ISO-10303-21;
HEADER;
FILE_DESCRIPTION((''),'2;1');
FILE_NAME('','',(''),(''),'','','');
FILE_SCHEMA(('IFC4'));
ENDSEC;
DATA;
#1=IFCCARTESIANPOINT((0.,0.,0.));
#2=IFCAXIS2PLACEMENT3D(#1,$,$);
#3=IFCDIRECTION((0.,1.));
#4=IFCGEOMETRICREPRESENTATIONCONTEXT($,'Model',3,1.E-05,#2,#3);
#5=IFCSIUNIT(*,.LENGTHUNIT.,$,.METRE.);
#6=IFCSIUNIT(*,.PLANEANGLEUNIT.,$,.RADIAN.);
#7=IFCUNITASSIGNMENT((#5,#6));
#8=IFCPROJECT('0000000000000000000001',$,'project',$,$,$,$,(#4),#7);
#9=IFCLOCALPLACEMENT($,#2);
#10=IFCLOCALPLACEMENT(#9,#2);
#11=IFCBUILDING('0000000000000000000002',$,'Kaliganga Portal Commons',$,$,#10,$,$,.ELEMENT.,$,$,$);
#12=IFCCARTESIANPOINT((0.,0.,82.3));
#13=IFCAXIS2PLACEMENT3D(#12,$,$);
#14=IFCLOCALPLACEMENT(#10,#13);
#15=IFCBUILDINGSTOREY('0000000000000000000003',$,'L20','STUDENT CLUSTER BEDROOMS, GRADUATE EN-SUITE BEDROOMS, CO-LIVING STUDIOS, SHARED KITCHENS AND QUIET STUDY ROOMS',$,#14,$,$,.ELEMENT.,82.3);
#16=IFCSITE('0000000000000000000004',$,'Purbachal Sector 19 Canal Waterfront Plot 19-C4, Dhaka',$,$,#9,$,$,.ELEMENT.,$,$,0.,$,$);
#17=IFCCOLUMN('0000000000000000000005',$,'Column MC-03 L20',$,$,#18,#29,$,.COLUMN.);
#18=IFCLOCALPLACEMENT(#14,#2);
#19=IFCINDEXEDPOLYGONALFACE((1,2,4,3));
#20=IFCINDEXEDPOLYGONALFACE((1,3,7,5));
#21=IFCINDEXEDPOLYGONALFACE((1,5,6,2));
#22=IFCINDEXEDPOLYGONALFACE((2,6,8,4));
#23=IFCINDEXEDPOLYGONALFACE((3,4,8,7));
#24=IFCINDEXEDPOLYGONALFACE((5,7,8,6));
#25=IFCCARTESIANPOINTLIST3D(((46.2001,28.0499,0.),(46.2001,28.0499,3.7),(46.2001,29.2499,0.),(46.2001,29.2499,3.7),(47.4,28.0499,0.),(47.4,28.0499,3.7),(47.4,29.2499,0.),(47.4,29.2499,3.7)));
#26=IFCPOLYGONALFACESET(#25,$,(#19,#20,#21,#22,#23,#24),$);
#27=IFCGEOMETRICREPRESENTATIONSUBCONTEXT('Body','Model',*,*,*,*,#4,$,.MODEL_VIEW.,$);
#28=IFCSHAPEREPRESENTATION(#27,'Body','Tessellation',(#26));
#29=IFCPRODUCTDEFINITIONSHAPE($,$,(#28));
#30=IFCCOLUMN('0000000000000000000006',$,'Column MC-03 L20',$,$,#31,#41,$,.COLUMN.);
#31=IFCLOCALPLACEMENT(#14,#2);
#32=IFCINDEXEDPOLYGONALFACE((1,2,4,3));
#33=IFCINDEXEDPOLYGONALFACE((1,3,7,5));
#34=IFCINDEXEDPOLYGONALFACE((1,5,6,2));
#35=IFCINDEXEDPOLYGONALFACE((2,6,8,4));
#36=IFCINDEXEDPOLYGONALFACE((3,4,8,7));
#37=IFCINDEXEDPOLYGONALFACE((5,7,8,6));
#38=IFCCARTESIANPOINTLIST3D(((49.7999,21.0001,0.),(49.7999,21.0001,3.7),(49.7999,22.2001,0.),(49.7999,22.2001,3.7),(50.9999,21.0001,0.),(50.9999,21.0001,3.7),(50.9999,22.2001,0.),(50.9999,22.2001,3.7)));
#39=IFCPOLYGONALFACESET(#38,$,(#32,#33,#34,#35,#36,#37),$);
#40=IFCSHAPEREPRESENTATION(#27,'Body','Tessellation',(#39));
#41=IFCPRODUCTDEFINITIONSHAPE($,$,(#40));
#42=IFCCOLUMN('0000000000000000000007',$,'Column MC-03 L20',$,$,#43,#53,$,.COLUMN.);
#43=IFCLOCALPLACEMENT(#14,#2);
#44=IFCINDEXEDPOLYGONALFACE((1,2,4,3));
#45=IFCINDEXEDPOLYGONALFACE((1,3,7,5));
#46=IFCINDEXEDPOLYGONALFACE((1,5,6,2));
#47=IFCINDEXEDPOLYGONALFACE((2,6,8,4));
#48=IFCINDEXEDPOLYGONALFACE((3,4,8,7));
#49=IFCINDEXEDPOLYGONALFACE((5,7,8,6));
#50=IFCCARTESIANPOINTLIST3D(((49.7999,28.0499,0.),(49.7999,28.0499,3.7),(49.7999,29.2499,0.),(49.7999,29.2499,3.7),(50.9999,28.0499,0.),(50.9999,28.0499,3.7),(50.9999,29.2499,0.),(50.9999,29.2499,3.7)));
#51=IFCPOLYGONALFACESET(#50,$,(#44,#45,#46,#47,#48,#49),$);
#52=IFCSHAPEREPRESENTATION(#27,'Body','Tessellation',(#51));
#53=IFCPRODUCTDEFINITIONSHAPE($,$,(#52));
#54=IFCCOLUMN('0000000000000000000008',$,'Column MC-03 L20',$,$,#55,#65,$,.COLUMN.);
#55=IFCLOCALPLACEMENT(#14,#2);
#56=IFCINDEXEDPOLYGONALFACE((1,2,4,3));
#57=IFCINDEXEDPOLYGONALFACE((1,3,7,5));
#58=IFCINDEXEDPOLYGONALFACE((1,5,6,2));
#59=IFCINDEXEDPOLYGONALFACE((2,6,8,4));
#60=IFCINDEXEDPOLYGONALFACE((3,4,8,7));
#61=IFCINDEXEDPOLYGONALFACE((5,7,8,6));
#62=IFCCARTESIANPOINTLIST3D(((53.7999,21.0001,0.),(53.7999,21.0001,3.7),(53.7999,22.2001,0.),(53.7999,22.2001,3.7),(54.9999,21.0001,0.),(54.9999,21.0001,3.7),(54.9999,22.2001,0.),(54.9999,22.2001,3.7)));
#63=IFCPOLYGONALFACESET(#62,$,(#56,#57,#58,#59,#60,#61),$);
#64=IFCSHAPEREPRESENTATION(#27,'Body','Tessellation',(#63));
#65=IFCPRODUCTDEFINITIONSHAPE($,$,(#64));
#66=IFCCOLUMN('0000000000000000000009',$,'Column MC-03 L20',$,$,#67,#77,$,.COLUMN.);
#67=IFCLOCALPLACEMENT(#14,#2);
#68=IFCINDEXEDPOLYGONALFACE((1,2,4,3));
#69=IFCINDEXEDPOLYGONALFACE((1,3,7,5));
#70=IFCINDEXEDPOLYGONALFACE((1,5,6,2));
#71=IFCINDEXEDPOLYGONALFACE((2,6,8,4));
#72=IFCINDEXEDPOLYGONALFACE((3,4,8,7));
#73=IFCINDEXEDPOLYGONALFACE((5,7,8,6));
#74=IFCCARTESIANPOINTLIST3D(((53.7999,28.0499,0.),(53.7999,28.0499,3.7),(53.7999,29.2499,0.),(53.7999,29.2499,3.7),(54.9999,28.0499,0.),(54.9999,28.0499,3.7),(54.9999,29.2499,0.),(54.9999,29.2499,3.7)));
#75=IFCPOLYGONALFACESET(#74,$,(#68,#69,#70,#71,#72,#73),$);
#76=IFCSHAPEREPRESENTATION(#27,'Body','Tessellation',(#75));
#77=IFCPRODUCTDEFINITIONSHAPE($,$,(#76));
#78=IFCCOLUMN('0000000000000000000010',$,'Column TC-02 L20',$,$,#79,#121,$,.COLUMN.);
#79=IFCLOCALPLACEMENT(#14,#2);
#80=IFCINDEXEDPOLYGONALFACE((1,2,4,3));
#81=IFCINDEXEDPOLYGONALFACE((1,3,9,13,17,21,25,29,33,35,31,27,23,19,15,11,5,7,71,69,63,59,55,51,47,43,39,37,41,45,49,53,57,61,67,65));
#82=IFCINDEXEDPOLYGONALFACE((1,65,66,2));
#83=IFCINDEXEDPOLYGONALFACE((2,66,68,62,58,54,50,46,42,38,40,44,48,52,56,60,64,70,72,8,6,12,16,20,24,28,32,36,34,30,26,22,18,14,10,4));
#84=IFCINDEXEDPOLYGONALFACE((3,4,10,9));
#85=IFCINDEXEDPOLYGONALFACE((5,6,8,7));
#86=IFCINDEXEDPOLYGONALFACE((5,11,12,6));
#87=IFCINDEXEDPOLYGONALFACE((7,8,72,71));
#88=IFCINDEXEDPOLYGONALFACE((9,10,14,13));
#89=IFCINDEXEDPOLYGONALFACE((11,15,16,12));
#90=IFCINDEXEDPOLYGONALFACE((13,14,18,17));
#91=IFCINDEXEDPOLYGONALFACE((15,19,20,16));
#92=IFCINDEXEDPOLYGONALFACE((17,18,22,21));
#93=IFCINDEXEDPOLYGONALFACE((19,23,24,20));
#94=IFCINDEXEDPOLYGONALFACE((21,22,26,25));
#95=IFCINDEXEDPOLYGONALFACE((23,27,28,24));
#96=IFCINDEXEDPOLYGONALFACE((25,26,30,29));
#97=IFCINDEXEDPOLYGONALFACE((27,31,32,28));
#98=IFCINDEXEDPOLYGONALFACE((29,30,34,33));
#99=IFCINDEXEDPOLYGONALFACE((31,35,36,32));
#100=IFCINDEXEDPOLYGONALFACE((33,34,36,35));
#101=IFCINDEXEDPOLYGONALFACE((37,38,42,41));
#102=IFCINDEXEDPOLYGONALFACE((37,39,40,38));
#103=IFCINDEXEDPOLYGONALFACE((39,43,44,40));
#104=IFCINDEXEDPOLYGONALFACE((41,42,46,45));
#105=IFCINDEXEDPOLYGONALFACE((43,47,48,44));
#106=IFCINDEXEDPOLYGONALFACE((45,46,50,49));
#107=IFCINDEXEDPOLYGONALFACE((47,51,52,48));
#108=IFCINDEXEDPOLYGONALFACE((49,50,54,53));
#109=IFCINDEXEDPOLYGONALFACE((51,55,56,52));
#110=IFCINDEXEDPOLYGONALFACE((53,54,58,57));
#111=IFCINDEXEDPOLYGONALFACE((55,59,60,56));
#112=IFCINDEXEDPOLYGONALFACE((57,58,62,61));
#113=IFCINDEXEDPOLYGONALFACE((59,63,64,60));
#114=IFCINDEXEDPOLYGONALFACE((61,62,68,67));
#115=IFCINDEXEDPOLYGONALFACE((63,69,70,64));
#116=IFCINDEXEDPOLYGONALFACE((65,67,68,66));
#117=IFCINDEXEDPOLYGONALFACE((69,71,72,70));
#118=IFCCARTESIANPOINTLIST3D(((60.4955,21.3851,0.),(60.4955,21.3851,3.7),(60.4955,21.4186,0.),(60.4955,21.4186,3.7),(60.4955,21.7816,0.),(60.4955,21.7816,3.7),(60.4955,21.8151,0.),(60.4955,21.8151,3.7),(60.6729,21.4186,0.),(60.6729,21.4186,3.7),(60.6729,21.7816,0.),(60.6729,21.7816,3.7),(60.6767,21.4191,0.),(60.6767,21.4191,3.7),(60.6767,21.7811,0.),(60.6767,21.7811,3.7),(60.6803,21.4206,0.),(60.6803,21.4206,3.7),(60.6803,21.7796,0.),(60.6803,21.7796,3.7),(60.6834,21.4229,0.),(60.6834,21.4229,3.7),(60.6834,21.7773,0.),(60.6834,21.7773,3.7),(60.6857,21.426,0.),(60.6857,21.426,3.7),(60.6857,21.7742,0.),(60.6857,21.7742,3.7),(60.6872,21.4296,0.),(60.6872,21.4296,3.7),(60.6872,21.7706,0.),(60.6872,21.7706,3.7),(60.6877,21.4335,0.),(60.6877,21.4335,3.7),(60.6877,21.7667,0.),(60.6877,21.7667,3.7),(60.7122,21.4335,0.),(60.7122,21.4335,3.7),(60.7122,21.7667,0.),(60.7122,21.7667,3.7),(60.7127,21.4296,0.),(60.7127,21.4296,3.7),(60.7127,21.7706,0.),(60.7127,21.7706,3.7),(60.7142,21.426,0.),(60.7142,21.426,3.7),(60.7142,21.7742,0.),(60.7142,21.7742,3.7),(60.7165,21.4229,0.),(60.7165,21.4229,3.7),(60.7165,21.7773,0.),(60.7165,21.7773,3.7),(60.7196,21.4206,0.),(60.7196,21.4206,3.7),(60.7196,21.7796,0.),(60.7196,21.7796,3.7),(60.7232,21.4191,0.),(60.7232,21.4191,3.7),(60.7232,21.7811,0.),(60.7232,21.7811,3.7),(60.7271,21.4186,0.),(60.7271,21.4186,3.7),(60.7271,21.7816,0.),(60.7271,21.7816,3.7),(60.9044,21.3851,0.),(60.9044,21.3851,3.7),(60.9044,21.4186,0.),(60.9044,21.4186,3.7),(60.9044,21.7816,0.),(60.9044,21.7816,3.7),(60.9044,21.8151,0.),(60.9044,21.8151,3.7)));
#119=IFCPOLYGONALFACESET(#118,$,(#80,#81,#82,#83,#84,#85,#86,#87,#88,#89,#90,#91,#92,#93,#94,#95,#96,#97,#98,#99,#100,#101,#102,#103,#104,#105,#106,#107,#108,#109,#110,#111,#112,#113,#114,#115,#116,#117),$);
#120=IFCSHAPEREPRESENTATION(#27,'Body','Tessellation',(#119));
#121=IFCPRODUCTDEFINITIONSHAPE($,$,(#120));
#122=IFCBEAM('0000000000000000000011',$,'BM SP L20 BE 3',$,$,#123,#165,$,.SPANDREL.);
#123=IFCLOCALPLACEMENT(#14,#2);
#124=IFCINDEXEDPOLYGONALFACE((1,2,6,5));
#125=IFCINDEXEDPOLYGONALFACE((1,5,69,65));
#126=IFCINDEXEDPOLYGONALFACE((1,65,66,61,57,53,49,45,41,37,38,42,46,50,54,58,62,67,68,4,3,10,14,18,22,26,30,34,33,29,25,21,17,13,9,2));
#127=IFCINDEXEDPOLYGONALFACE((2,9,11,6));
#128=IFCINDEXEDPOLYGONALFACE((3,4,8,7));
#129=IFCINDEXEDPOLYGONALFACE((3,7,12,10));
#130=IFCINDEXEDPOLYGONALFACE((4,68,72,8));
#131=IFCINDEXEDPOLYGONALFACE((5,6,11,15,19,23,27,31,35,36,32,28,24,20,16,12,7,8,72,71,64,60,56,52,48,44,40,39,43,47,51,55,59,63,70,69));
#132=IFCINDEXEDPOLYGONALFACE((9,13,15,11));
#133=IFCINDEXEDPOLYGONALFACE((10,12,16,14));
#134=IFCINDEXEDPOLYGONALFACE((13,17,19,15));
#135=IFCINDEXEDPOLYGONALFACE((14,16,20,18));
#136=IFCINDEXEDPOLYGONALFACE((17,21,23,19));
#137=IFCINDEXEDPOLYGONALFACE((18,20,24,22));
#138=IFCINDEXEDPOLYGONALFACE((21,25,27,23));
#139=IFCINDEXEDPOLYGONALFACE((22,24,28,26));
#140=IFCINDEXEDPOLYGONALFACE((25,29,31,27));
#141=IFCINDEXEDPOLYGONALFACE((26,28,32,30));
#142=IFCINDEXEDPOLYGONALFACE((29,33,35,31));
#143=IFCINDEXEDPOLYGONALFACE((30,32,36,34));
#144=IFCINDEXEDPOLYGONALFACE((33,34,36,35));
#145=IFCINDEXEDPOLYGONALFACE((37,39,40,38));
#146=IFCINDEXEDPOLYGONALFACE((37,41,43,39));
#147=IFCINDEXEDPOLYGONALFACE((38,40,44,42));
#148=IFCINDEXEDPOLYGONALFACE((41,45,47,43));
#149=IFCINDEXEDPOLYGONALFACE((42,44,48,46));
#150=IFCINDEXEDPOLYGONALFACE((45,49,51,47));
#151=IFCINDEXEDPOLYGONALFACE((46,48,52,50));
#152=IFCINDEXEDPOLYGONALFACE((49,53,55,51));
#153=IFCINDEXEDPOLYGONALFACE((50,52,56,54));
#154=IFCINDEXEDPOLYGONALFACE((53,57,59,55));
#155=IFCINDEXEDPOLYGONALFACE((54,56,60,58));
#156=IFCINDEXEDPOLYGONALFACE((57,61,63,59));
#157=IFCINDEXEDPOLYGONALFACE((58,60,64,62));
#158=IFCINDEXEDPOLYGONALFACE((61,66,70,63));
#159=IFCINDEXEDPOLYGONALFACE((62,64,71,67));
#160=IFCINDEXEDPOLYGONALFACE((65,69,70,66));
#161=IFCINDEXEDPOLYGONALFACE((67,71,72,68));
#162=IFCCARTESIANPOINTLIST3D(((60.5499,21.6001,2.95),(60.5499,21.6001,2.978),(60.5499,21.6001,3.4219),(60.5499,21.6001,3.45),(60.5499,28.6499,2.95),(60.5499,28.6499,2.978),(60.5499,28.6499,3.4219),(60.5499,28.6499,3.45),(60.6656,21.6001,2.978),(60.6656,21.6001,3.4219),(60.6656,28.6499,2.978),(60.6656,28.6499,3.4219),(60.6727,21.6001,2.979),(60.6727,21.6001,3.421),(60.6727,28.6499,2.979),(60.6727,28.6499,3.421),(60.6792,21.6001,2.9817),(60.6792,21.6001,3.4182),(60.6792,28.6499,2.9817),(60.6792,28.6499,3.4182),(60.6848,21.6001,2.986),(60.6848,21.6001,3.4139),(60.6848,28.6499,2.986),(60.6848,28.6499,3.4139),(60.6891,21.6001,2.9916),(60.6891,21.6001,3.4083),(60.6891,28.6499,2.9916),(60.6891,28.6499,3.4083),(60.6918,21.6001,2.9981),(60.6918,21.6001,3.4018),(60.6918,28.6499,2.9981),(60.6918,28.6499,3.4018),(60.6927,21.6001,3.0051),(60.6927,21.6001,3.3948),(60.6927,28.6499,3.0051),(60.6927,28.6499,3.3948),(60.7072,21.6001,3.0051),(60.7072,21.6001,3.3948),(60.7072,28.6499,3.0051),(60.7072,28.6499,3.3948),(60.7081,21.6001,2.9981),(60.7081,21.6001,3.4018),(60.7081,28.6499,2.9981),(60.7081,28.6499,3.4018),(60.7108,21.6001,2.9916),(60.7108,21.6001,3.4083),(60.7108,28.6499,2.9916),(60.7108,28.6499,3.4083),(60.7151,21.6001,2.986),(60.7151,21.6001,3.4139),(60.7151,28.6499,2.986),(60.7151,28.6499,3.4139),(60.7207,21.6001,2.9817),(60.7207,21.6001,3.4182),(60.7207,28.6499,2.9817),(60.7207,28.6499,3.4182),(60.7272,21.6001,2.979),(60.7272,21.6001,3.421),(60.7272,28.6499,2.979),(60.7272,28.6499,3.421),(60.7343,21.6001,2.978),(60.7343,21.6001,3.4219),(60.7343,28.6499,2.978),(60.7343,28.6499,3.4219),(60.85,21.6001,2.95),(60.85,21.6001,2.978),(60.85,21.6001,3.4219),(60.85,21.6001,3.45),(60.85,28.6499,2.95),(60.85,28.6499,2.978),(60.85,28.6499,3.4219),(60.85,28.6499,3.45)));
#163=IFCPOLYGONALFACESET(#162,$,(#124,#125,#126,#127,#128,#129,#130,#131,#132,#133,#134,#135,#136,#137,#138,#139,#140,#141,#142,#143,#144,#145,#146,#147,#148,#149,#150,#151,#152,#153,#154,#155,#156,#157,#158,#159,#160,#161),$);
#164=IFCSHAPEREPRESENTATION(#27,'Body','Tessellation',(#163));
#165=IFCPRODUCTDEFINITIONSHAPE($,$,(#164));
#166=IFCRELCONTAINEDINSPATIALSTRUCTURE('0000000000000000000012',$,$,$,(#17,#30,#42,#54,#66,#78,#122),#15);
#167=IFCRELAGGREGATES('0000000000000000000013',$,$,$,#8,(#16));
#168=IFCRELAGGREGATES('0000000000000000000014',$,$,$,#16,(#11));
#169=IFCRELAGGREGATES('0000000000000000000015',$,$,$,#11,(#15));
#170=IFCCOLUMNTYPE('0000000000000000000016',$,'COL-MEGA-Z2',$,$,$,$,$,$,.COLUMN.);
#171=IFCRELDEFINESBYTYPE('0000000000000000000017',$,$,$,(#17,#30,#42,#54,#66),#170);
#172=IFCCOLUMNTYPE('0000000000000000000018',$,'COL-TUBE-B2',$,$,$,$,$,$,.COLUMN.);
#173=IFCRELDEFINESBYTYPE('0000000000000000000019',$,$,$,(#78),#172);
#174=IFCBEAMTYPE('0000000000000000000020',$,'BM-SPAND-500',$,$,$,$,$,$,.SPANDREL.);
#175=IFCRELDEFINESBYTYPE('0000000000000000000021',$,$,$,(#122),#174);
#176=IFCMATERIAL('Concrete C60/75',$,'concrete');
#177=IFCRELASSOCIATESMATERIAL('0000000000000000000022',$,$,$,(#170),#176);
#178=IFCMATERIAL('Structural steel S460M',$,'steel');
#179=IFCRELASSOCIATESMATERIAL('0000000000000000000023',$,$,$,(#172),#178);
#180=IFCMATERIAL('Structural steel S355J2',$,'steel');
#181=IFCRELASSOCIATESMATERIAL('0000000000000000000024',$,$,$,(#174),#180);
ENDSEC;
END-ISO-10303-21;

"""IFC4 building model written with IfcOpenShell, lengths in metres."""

from ifc_helpers import new_model, si_unit, direction, frame, origin, origin_2d, place, context, subcontext, project, spatial, rectangle, i_section, extrude, source, transform, mapped, material, material_profile, profile_set, type_object, element, save


model = new_model("IFC4")

# Units and contexts
model_context = context("Model", 3, precision=1e-05, world=origin(), true_north=direction((0.0, 1.0)))
body_context = subcontext(model_context, "Body", "Model", "MODEL_VIEW")
ifc_project = project(units=[si_unit("LENGTHUNIT", "METRE"), si_unit("PLANEANGLEUNIT", "RADIAN")], contexts=[model_context])

# Site, building, storey
site_placement = place(None, origin())
site = spatial("IfcSite", under=ifc_project, at=site_placement, Name="Purbachal Sector 19 Canal Waterfront Plot 19-C4, Dhaka", CompositionType="ELEMENT", RefElevation=0.0)
building_placement = place(site_placement, origin())
building = spatial("IfcBuilding", under=site, at=building_placement, Name="Kaliganga Portal Commons", CompositionType="ELEMENT")
storey_placement = place(building_placement, frame((0.0, 0.0, 82.3)))
storey = spatial("IfcBuildingStorey", under=building, at=storey_placement, Name="L20", Description="STUDENT CLUSTER BEDROOMS, GRADUATE EN-SUITE BEDROOMS, CO-LIVING STUDIOS, SHARED KITCHENS AND QUIET STUDY ROOMS", CompositionType="ELEMENT", Elevation=82.3)

# Columns
ifc_material_1 = material(Name="Concrete C60/75", Category="concrete")
ifc_material_profile_1 = material_profile(ifc_material_1, rectangle(XDim=1.2, YDim=1.2, at=origin_2d()), Name="RC 1200x1200")
ifc_profile_set_1 = profile_set([ifc_material_profile_1], Name="Concrete C60/75")
column_type_1 = type_object("IfcColumnType", Name="COL-MEGA-Z2", PredefinedType="COLUMN", material=ifc_profile_set_1)
shared_shape_1 = source(origin(), body_context, "Body", "SweptSolid", [
    extrude(rectangle(XDim=1.2, YDim=1.2, at=origin_2d()), origin(), (0.0, 0.0, 1.0), 3.7),
])
for number, where, z_axis, x_axis, name in (
    (1, (46.8, 28.6499, 0.0), (0.0, 0.0, 1.0), (1.0, 0.0, 0.0), "Column MC-03 L20"),
    (2, (50.3999, 21.6001, 0.0), (0.0, 0.0, 1.0), (1.0, 0.0, 0.0), "Column MC-03 L20"),
    (3, (50.3999, 28.6499, 0.0), (0.0, 0.0, 1.0), (1.0, 0.0, 0.0), "Column MC-03 L20"),
    (4, (54.3999, 21.6001, 0.0), (0.0, 0.0, 1.0), (1.0, 0.0, 0.0), "Column MC-03 L20"),
    (5, (54.3999, 28.6499, 0.0), (0.0, 0.0, 1.0), (1.0, 0.0, 0.0), "Column MC-03 L20"),
):
    element("IfcColumn", number, at=place(storey_placement, frame(where, z_axis=z_axis, x_axis=x_axis)), inside=storey, type_object=column_type_1, Name=name, PredefinedType="COLUMN", context=body_context, shape_type="MappedRepresentation", body=[
        mapped(shared_shape_1, transform((0.0, 0.0, 0.0), x_axis=(1.0, 0.0, 0.0), y_axis=(0.0, 1.0, 0.0), z_axis=(0.0, 0.0, 1.0), scale=1.0)),
    ])
ifc_material_2 = material(Name="Structural steel S460M", Category="steel")
ifc_material_profile_2 = material_profile(ifc_material_2, i_section(OverallWidth=0.4089, OverallDepth=0.4299, WebThickness=0.0244, FlangeThickness=0.0334, FilletRadius=0.0149, at=origin_2d()), Name="HD 400x421")
ifc_profile_set_2 = profile_set([ifc_material_profile_2], Name="Structural steel S460M wide-flange")
column_type_2 = type_object("IfcColumnType", Name="COL-TUBE-B2", PredefinedType="COLUMN", material=ifc_profile_set_2)
shared_shape_2 = source(origin(), body_context, "Body", "SweptSolid", [
    extrude(i_section(OverallWidth=0.4089, OverallDepth=0.4299, WebThickness=0.0244, FlangeThickness=0.0334, FilletRadius=0.0149, at=origin_2d()), origin(), (0.0, 0.0, 1.0), 3.7),
])
column_placement = place(storey_placement, frame((60.7, 21.6001, 0.0), z_axis=(0.0, 0.0, 1.0), x_axis=(1.0, 0.0, 0.0)))
element("IfcColumn", 6, at=column_placement, inside=storey, type_object=column_type_2, Name="Column TC-02 L20", PredefinedType="COLUMN", context=body_context, shape_type="MappedRepresentation", body=[
    mapped(shared_shape_2, transform((0.0, 0.0, 0.0), x_axis=(1.0, 0.0, 0.0), y_axis=(0.0, 1.0, 0.0), z_axis=(0.0, 0.0, 1.0), scale=1.0)),
])

# Beam
ifc_material_3 = material(Name="Structural steel S355J2", Category="steel")
ifc_material_profile_3 = material_profile(ifc_material_3, i_section(OverallWidth=0.3, OverallDepth=0.5, WebThickness=0.0144, FlangeThickness=0.0281, FilletRadius=0.0271, at=origin_2d()), Name="HE 500 B")
ifc_profile_set_3 = profile_set([ifc_material_profile_3], Name="Structural steel S355J2 wide-flange")
beam_type_1 = type_object("IfcBeamType", Name="BM-SPAND-500", PredefinedType="SPANDREL", material=ifc_profile_set_3)
shared_shape_3 = source(origin(), body_context, "Body", "SweptSolid", [
    extrude(i_section(OverallWidth=0.3, OverallDepth=0.5, WebThickness=0.0144, FlangeThickness=0.0281, FilletRadius=0.0271, at=origin_2d()), origin(), (0.0, 0.0, 1.0), 7.0498),
])
beam_1_placement = place(storey_placement, frame((60.7, 21.6001, 3.2), z_axis=(0.0, 1.0, 0.0), x_axis=(-1.0, 0.0, 0.0)))
element("IfcBeam", 7, at=beam_1_placement, inside=storey, type_object=beam_type_1, Name="BM SP L20 BE 3", PredefinedType="SPANDREL", context=body_context, shape_type="MappedRepresentation", body=[
    mapped(shared_shape_3, transform((0.0, 0.0, 0.0), x_axis=(1.0, 0.0, 0.0), y_axis=(0.0, 1.0, 0.0), z_axis=(0.0, 0.0, 1.0), scale=1.0)),
])

save(model, "model.ifc")
